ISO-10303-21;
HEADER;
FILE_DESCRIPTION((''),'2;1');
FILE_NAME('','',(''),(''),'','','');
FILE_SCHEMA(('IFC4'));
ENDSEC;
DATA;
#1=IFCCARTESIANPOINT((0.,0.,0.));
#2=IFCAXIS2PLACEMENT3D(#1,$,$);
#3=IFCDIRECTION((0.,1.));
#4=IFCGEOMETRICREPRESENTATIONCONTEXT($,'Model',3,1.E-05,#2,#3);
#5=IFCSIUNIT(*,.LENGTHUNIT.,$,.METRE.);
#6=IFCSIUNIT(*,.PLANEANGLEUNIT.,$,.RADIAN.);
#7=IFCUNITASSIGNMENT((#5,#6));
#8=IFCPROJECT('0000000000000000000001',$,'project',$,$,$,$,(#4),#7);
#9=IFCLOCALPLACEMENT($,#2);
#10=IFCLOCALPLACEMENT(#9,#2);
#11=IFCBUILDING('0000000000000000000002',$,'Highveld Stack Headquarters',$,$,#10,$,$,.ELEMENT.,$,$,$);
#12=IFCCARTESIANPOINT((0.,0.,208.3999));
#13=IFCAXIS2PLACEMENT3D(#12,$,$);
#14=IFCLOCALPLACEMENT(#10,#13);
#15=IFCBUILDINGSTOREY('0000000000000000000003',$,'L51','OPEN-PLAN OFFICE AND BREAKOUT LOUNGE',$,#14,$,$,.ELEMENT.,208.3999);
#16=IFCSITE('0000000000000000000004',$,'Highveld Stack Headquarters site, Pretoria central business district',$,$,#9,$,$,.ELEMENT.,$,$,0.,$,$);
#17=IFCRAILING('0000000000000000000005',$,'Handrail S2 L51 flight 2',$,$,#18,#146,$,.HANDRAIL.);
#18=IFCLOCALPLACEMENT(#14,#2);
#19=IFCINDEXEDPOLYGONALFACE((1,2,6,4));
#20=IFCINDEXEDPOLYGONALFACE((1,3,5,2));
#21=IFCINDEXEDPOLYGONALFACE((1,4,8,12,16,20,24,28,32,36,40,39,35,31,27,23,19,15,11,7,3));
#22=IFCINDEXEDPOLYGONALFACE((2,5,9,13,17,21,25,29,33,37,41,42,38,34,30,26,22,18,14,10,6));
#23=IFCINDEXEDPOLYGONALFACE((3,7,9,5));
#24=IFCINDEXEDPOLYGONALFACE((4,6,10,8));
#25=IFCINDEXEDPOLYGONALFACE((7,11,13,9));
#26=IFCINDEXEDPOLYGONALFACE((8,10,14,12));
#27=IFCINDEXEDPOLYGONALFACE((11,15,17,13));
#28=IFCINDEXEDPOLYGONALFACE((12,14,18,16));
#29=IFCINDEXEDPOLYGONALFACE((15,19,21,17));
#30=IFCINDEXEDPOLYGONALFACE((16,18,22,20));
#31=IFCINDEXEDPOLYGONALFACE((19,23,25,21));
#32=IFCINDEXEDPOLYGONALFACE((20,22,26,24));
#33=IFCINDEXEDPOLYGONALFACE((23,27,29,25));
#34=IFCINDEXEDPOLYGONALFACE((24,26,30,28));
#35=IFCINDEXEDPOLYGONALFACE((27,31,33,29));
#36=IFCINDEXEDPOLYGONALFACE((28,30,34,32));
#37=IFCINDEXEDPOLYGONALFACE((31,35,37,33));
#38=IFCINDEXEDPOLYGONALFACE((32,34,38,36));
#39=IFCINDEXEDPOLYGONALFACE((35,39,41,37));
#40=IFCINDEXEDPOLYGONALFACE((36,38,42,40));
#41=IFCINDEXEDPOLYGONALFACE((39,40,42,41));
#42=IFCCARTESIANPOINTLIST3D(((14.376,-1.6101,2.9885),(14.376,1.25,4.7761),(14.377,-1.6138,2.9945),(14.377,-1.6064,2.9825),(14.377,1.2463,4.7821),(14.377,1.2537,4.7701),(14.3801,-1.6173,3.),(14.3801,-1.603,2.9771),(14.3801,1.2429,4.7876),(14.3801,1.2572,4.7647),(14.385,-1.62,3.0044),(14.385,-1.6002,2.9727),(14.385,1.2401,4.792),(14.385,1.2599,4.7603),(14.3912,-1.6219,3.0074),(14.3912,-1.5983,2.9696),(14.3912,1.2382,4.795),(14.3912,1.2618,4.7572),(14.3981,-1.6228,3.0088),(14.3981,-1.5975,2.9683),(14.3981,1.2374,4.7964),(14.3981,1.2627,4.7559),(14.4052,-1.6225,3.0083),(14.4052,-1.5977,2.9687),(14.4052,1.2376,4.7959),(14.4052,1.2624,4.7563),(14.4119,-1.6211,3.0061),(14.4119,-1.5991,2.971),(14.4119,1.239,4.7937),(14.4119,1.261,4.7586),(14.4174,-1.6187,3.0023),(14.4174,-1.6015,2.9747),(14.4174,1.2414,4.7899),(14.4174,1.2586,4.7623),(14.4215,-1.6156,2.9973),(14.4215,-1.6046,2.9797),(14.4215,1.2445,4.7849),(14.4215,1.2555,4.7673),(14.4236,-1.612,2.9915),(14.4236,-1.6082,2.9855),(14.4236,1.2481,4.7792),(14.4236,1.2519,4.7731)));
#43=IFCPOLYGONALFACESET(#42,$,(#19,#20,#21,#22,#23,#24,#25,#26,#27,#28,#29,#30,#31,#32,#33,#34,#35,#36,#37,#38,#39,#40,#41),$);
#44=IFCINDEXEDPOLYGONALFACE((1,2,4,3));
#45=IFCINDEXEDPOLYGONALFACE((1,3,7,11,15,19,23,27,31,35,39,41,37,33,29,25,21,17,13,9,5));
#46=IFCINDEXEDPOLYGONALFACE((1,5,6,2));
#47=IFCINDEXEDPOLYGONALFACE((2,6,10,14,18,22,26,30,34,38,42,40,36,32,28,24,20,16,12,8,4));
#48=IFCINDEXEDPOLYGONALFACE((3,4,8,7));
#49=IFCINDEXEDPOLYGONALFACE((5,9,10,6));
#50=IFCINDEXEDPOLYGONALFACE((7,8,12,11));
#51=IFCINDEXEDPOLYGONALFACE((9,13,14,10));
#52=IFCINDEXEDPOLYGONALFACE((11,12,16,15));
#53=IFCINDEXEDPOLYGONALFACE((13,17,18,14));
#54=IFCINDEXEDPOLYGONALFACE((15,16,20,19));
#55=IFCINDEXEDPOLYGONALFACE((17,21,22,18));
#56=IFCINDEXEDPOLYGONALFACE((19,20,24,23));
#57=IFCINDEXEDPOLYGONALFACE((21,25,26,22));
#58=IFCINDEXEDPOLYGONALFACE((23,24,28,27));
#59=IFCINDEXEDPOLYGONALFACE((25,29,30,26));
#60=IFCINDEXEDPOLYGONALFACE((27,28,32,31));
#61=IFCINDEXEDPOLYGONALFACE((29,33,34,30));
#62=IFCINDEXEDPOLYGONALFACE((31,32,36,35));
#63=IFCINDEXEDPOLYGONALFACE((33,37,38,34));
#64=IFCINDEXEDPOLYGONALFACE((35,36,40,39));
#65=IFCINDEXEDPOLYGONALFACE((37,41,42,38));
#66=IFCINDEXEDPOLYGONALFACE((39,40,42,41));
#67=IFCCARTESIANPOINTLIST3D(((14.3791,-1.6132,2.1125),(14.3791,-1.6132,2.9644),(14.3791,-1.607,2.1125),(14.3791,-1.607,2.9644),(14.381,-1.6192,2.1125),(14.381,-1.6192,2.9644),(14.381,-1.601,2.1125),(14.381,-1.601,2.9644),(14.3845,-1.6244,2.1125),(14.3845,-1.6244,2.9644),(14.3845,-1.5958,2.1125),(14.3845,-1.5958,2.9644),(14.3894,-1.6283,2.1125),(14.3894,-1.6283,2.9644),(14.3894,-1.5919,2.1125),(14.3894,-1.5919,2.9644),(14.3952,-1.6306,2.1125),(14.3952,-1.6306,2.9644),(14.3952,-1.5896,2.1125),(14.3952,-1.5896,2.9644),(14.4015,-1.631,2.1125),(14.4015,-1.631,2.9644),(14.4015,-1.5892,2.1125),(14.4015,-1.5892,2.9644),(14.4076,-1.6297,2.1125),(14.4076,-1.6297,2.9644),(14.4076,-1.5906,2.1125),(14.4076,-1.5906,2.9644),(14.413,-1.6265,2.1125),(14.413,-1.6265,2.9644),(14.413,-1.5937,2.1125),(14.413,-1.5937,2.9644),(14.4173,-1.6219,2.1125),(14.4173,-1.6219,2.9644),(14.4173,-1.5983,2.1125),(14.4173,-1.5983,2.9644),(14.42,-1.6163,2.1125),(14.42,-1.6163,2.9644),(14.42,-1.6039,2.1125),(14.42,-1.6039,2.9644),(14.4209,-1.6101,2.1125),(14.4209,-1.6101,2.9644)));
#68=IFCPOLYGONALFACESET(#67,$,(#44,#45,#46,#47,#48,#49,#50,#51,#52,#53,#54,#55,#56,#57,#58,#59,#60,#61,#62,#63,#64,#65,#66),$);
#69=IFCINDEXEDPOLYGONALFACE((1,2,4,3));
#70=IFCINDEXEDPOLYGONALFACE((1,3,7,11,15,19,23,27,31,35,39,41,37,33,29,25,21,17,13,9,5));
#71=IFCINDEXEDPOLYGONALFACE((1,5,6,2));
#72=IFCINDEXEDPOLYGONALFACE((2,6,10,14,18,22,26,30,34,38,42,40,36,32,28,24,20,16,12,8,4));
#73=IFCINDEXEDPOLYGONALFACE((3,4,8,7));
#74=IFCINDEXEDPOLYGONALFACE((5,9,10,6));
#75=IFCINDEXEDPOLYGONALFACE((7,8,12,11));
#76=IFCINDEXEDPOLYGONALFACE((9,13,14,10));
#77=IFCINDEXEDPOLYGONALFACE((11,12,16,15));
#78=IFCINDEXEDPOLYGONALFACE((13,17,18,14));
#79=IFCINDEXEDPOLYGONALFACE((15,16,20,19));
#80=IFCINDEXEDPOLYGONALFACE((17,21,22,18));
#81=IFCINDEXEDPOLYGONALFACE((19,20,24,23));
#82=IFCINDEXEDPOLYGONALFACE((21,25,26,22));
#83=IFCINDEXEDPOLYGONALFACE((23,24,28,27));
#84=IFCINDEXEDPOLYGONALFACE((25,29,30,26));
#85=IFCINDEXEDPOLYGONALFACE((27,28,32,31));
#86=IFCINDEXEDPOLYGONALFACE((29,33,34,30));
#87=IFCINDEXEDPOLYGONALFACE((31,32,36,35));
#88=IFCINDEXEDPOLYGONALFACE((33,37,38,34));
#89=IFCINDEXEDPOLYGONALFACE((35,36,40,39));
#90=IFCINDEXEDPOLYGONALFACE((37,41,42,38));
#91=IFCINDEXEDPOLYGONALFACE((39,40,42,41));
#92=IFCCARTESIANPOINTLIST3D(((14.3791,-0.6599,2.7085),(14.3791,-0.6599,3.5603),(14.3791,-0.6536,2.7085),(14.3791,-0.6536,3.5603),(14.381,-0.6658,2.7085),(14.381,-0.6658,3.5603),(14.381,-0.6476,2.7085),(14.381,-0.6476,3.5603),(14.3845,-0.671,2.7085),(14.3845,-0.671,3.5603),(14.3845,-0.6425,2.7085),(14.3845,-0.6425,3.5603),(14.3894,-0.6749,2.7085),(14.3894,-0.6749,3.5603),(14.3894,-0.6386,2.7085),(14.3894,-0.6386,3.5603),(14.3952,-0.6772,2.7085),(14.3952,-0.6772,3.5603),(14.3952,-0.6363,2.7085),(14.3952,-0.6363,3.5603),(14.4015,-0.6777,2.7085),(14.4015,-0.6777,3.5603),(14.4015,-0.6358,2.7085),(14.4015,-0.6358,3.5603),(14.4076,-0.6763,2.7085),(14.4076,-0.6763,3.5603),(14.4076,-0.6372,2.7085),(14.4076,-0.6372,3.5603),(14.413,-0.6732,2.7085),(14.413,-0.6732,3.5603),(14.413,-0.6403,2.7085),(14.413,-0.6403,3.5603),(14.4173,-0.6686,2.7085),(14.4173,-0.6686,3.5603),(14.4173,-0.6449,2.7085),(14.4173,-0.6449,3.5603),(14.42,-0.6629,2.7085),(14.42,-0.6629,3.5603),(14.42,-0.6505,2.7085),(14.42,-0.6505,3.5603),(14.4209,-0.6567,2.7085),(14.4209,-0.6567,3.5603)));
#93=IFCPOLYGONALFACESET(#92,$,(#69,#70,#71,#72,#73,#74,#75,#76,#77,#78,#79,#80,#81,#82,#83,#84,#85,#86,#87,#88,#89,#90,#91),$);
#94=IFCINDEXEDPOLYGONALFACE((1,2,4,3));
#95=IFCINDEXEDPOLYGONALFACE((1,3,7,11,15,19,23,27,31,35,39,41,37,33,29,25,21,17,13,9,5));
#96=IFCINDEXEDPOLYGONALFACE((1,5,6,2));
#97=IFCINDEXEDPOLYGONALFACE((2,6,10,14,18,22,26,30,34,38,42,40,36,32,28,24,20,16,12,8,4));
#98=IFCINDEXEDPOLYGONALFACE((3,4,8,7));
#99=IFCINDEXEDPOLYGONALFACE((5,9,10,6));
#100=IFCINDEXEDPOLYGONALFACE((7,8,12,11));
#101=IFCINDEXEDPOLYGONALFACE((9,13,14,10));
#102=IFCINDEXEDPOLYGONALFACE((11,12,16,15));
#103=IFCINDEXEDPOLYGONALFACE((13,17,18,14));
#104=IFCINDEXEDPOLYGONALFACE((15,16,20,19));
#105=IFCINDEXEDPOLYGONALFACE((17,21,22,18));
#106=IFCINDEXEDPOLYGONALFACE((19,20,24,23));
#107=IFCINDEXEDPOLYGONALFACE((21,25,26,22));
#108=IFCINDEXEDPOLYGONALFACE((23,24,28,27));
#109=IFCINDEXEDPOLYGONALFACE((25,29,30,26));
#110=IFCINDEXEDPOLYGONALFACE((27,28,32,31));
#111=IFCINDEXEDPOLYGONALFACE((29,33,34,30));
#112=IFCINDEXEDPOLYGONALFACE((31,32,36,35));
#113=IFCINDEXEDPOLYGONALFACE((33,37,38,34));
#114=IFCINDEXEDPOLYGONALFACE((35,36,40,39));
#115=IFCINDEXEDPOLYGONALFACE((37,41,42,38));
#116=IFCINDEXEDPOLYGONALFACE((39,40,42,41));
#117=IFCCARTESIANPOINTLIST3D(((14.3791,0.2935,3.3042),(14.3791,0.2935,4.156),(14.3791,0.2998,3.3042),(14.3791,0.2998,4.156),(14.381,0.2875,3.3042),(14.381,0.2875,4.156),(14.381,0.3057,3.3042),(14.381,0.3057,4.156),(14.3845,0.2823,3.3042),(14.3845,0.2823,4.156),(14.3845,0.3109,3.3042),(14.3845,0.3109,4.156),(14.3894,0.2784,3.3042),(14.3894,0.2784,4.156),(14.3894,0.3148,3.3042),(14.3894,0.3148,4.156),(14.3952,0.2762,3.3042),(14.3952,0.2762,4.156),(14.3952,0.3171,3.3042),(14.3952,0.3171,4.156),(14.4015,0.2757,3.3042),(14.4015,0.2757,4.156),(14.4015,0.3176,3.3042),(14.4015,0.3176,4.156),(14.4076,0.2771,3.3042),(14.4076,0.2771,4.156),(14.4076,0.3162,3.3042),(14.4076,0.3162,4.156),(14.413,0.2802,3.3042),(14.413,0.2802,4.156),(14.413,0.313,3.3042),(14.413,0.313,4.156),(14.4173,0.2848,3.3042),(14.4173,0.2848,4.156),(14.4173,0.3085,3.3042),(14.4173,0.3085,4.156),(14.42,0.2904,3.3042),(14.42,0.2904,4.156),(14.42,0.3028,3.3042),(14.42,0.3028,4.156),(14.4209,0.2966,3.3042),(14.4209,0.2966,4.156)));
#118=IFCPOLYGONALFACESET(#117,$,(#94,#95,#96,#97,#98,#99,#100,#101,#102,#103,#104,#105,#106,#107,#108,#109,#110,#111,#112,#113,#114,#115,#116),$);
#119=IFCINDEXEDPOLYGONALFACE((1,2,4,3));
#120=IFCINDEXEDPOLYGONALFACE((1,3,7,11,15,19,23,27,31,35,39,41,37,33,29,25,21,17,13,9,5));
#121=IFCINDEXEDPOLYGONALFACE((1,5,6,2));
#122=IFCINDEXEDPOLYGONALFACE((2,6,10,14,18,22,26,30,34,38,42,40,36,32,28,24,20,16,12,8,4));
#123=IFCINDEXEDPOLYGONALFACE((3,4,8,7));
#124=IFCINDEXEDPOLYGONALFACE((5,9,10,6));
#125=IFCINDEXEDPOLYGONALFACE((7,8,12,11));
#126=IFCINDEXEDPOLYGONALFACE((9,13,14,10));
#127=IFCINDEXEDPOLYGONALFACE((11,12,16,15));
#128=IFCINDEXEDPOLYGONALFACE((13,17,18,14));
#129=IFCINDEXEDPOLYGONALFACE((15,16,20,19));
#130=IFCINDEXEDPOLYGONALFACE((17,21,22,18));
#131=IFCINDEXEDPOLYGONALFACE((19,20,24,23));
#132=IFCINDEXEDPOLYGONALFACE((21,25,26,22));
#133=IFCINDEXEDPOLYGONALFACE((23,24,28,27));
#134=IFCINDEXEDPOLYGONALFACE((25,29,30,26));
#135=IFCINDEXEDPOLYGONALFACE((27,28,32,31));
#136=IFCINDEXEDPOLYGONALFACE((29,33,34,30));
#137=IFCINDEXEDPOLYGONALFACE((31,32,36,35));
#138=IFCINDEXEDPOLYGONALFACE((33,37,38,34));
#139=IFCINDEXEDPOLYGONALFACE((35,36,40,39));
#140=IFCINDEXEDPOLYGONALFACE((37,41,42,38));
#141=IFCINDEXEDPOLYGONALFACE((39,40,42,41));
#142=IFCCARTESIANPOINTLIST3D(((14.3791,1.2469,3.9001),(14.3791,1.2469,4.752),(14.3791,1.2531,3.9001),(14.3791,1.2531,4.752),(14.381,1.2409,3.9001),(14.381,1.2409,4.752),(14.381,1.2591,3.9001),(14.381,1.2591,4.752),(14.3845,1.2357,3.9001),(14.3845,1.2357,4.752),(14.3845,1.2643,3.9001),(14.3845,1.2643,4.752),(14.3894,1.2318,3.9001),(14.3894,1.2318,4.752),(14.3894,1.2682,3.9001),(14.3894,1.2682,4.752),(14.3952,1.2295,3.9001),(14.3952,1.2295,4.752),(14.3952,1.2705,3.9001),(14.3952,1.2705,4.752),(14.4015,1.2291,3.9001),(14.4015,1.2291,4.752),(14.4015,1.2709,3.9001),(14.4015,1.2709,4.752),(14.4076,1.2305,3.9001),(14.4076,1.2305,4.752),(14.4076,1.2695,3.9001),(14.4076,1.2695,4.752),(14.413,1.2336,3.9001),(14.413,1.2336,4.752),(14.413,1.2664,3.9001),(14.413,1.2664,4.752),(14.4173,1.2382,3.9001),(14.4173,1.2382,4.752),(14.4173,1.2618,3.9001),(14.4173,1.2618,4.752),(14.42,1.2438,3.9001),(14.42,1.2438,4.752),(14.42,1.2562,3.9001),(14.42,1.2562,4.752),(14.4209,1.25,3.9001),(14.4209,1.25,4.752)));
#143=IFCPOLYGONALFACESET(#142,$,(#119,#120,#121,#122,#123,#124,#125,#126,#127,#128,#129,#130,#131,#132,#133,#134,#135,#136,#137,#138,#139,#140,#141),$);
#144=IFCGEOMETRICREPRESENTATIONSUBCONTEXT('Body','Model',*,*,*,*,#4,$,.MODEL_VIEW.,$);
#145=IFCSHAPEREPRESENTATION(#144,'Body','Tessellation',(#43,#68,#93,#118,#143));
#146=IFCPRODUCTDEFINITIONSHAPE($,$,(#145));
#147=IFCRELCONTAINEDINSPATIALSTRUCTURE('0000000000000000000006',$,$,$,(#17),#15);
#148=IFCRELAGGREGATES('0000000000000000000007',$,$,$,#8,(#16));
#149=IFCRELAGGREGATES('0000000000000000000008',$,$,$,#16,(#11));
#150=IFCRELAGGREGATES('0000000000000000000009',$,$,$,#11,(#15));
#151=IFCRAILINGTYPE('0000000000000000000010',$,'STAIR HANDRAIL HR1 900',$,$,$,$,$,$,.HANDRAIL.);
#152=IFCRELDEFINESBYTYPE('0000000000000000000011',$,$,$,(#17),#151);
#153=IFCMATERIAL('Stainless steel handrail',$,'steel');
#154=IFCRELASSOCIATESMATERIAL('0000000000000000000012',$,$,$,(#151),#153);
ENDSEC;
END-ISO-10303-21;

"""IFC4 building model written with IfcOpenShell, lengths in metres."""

from ifc_helpers import new_model, si_unit, direction, frame, origin, origin_2d, place, context, subcontext, project, spatial, circle, extrude, material, type_object, element, save


model = new_model("IFC4")

# Units and contexts
model_context = context("Model", 3, precision=1e-05, world=origin(), true_north=direction((0.0, 1.0)))
body_context = subcontext(model_context, "Body", "Model", "MODEL_VIEW")
ifc_project = project(units=[si_unit("LENGTHUNIT", "METRE"), si_unit("PLANEANGLEUNIT", "RADIAN")], contexts=[model_context])

# Site, building, storey
site_placement = place(None, origin())
site = spatial("IfcSite", under=ifc_project, at=site_placement, Name="Highveld Stack Headquarters site, Pretoria central business district", CompositionType="ELEMENT", RefElevation=0.0)
building_placement = place(site_placement, origin())
building = spatial("IfcBuilding", under=site, at=building_placement, Name="Highveld Stack Headquarters", CompositionType="ELEMENT")
storey_placement = place(building_placement, frame((0.0, 0.0, 208.3999)))
storey = spatial("IfcBuildingStorey", under=building, at=storey_placement, Name="L51", Description="OPEN-PLAN OFFICE AND BREAKOUT LOUNGE", CompositionType="ELEMENT", Elevation=208.3999)

# Railing
ifc_material_1 = material(Name="Stainless steel handrail", Category="steel")
railing_type = type_object("IfcRailingType", Name="STAIR HANDRAIL HR1 900", PredefinedType="HANDRAIL", material=ifc_material_1)
for number, where, name in (
    (1, (14.3999, -1.6101, 2.1125), "Handrail S2 L51 flight 2"),
):
    element("IfcRailing", number, at=place(storey_placement, frame(where)), inside=storey, type_object=railing_type, Name=name, PredefinedType="HANDRAIL", context=body_context, shape_type="SweptSolid", body=[
        extrude(circle(Radius=0.0239, at=origin_2d()), frame((0.0, 0.0, 0.876), z_axis=(0.0, 0.847994, 0.530005), x_axis=(-1.0, 0.0, 0.0)), (0.0, 0.0, 1.0), 3.3728),
        extrude(circle(Radius=0.021, at=origin_2d()), origin(), (0.0, 0.0, 1.0), 0.8518),
        extrude(circle(Radius=0.021, at=origin_2d()), frame((0.0, 0.9534, 0.5959)), (0.0, 0.0, 1.0), 0.8518),
        extrude(circle(Radius=0.021, at=origin_2d()), frame((0.0, 1.9067, 1.1917)), (0.0, 0.0, 1.0), 0.8518),
        extrude(circle(Radius=0.021, at=origin_2d()), frame((0.0, 2.8601, 1.7876)), (0.0, 0.0, 1.0), 0.8518),
    ])

save(model, "model.ifc")
